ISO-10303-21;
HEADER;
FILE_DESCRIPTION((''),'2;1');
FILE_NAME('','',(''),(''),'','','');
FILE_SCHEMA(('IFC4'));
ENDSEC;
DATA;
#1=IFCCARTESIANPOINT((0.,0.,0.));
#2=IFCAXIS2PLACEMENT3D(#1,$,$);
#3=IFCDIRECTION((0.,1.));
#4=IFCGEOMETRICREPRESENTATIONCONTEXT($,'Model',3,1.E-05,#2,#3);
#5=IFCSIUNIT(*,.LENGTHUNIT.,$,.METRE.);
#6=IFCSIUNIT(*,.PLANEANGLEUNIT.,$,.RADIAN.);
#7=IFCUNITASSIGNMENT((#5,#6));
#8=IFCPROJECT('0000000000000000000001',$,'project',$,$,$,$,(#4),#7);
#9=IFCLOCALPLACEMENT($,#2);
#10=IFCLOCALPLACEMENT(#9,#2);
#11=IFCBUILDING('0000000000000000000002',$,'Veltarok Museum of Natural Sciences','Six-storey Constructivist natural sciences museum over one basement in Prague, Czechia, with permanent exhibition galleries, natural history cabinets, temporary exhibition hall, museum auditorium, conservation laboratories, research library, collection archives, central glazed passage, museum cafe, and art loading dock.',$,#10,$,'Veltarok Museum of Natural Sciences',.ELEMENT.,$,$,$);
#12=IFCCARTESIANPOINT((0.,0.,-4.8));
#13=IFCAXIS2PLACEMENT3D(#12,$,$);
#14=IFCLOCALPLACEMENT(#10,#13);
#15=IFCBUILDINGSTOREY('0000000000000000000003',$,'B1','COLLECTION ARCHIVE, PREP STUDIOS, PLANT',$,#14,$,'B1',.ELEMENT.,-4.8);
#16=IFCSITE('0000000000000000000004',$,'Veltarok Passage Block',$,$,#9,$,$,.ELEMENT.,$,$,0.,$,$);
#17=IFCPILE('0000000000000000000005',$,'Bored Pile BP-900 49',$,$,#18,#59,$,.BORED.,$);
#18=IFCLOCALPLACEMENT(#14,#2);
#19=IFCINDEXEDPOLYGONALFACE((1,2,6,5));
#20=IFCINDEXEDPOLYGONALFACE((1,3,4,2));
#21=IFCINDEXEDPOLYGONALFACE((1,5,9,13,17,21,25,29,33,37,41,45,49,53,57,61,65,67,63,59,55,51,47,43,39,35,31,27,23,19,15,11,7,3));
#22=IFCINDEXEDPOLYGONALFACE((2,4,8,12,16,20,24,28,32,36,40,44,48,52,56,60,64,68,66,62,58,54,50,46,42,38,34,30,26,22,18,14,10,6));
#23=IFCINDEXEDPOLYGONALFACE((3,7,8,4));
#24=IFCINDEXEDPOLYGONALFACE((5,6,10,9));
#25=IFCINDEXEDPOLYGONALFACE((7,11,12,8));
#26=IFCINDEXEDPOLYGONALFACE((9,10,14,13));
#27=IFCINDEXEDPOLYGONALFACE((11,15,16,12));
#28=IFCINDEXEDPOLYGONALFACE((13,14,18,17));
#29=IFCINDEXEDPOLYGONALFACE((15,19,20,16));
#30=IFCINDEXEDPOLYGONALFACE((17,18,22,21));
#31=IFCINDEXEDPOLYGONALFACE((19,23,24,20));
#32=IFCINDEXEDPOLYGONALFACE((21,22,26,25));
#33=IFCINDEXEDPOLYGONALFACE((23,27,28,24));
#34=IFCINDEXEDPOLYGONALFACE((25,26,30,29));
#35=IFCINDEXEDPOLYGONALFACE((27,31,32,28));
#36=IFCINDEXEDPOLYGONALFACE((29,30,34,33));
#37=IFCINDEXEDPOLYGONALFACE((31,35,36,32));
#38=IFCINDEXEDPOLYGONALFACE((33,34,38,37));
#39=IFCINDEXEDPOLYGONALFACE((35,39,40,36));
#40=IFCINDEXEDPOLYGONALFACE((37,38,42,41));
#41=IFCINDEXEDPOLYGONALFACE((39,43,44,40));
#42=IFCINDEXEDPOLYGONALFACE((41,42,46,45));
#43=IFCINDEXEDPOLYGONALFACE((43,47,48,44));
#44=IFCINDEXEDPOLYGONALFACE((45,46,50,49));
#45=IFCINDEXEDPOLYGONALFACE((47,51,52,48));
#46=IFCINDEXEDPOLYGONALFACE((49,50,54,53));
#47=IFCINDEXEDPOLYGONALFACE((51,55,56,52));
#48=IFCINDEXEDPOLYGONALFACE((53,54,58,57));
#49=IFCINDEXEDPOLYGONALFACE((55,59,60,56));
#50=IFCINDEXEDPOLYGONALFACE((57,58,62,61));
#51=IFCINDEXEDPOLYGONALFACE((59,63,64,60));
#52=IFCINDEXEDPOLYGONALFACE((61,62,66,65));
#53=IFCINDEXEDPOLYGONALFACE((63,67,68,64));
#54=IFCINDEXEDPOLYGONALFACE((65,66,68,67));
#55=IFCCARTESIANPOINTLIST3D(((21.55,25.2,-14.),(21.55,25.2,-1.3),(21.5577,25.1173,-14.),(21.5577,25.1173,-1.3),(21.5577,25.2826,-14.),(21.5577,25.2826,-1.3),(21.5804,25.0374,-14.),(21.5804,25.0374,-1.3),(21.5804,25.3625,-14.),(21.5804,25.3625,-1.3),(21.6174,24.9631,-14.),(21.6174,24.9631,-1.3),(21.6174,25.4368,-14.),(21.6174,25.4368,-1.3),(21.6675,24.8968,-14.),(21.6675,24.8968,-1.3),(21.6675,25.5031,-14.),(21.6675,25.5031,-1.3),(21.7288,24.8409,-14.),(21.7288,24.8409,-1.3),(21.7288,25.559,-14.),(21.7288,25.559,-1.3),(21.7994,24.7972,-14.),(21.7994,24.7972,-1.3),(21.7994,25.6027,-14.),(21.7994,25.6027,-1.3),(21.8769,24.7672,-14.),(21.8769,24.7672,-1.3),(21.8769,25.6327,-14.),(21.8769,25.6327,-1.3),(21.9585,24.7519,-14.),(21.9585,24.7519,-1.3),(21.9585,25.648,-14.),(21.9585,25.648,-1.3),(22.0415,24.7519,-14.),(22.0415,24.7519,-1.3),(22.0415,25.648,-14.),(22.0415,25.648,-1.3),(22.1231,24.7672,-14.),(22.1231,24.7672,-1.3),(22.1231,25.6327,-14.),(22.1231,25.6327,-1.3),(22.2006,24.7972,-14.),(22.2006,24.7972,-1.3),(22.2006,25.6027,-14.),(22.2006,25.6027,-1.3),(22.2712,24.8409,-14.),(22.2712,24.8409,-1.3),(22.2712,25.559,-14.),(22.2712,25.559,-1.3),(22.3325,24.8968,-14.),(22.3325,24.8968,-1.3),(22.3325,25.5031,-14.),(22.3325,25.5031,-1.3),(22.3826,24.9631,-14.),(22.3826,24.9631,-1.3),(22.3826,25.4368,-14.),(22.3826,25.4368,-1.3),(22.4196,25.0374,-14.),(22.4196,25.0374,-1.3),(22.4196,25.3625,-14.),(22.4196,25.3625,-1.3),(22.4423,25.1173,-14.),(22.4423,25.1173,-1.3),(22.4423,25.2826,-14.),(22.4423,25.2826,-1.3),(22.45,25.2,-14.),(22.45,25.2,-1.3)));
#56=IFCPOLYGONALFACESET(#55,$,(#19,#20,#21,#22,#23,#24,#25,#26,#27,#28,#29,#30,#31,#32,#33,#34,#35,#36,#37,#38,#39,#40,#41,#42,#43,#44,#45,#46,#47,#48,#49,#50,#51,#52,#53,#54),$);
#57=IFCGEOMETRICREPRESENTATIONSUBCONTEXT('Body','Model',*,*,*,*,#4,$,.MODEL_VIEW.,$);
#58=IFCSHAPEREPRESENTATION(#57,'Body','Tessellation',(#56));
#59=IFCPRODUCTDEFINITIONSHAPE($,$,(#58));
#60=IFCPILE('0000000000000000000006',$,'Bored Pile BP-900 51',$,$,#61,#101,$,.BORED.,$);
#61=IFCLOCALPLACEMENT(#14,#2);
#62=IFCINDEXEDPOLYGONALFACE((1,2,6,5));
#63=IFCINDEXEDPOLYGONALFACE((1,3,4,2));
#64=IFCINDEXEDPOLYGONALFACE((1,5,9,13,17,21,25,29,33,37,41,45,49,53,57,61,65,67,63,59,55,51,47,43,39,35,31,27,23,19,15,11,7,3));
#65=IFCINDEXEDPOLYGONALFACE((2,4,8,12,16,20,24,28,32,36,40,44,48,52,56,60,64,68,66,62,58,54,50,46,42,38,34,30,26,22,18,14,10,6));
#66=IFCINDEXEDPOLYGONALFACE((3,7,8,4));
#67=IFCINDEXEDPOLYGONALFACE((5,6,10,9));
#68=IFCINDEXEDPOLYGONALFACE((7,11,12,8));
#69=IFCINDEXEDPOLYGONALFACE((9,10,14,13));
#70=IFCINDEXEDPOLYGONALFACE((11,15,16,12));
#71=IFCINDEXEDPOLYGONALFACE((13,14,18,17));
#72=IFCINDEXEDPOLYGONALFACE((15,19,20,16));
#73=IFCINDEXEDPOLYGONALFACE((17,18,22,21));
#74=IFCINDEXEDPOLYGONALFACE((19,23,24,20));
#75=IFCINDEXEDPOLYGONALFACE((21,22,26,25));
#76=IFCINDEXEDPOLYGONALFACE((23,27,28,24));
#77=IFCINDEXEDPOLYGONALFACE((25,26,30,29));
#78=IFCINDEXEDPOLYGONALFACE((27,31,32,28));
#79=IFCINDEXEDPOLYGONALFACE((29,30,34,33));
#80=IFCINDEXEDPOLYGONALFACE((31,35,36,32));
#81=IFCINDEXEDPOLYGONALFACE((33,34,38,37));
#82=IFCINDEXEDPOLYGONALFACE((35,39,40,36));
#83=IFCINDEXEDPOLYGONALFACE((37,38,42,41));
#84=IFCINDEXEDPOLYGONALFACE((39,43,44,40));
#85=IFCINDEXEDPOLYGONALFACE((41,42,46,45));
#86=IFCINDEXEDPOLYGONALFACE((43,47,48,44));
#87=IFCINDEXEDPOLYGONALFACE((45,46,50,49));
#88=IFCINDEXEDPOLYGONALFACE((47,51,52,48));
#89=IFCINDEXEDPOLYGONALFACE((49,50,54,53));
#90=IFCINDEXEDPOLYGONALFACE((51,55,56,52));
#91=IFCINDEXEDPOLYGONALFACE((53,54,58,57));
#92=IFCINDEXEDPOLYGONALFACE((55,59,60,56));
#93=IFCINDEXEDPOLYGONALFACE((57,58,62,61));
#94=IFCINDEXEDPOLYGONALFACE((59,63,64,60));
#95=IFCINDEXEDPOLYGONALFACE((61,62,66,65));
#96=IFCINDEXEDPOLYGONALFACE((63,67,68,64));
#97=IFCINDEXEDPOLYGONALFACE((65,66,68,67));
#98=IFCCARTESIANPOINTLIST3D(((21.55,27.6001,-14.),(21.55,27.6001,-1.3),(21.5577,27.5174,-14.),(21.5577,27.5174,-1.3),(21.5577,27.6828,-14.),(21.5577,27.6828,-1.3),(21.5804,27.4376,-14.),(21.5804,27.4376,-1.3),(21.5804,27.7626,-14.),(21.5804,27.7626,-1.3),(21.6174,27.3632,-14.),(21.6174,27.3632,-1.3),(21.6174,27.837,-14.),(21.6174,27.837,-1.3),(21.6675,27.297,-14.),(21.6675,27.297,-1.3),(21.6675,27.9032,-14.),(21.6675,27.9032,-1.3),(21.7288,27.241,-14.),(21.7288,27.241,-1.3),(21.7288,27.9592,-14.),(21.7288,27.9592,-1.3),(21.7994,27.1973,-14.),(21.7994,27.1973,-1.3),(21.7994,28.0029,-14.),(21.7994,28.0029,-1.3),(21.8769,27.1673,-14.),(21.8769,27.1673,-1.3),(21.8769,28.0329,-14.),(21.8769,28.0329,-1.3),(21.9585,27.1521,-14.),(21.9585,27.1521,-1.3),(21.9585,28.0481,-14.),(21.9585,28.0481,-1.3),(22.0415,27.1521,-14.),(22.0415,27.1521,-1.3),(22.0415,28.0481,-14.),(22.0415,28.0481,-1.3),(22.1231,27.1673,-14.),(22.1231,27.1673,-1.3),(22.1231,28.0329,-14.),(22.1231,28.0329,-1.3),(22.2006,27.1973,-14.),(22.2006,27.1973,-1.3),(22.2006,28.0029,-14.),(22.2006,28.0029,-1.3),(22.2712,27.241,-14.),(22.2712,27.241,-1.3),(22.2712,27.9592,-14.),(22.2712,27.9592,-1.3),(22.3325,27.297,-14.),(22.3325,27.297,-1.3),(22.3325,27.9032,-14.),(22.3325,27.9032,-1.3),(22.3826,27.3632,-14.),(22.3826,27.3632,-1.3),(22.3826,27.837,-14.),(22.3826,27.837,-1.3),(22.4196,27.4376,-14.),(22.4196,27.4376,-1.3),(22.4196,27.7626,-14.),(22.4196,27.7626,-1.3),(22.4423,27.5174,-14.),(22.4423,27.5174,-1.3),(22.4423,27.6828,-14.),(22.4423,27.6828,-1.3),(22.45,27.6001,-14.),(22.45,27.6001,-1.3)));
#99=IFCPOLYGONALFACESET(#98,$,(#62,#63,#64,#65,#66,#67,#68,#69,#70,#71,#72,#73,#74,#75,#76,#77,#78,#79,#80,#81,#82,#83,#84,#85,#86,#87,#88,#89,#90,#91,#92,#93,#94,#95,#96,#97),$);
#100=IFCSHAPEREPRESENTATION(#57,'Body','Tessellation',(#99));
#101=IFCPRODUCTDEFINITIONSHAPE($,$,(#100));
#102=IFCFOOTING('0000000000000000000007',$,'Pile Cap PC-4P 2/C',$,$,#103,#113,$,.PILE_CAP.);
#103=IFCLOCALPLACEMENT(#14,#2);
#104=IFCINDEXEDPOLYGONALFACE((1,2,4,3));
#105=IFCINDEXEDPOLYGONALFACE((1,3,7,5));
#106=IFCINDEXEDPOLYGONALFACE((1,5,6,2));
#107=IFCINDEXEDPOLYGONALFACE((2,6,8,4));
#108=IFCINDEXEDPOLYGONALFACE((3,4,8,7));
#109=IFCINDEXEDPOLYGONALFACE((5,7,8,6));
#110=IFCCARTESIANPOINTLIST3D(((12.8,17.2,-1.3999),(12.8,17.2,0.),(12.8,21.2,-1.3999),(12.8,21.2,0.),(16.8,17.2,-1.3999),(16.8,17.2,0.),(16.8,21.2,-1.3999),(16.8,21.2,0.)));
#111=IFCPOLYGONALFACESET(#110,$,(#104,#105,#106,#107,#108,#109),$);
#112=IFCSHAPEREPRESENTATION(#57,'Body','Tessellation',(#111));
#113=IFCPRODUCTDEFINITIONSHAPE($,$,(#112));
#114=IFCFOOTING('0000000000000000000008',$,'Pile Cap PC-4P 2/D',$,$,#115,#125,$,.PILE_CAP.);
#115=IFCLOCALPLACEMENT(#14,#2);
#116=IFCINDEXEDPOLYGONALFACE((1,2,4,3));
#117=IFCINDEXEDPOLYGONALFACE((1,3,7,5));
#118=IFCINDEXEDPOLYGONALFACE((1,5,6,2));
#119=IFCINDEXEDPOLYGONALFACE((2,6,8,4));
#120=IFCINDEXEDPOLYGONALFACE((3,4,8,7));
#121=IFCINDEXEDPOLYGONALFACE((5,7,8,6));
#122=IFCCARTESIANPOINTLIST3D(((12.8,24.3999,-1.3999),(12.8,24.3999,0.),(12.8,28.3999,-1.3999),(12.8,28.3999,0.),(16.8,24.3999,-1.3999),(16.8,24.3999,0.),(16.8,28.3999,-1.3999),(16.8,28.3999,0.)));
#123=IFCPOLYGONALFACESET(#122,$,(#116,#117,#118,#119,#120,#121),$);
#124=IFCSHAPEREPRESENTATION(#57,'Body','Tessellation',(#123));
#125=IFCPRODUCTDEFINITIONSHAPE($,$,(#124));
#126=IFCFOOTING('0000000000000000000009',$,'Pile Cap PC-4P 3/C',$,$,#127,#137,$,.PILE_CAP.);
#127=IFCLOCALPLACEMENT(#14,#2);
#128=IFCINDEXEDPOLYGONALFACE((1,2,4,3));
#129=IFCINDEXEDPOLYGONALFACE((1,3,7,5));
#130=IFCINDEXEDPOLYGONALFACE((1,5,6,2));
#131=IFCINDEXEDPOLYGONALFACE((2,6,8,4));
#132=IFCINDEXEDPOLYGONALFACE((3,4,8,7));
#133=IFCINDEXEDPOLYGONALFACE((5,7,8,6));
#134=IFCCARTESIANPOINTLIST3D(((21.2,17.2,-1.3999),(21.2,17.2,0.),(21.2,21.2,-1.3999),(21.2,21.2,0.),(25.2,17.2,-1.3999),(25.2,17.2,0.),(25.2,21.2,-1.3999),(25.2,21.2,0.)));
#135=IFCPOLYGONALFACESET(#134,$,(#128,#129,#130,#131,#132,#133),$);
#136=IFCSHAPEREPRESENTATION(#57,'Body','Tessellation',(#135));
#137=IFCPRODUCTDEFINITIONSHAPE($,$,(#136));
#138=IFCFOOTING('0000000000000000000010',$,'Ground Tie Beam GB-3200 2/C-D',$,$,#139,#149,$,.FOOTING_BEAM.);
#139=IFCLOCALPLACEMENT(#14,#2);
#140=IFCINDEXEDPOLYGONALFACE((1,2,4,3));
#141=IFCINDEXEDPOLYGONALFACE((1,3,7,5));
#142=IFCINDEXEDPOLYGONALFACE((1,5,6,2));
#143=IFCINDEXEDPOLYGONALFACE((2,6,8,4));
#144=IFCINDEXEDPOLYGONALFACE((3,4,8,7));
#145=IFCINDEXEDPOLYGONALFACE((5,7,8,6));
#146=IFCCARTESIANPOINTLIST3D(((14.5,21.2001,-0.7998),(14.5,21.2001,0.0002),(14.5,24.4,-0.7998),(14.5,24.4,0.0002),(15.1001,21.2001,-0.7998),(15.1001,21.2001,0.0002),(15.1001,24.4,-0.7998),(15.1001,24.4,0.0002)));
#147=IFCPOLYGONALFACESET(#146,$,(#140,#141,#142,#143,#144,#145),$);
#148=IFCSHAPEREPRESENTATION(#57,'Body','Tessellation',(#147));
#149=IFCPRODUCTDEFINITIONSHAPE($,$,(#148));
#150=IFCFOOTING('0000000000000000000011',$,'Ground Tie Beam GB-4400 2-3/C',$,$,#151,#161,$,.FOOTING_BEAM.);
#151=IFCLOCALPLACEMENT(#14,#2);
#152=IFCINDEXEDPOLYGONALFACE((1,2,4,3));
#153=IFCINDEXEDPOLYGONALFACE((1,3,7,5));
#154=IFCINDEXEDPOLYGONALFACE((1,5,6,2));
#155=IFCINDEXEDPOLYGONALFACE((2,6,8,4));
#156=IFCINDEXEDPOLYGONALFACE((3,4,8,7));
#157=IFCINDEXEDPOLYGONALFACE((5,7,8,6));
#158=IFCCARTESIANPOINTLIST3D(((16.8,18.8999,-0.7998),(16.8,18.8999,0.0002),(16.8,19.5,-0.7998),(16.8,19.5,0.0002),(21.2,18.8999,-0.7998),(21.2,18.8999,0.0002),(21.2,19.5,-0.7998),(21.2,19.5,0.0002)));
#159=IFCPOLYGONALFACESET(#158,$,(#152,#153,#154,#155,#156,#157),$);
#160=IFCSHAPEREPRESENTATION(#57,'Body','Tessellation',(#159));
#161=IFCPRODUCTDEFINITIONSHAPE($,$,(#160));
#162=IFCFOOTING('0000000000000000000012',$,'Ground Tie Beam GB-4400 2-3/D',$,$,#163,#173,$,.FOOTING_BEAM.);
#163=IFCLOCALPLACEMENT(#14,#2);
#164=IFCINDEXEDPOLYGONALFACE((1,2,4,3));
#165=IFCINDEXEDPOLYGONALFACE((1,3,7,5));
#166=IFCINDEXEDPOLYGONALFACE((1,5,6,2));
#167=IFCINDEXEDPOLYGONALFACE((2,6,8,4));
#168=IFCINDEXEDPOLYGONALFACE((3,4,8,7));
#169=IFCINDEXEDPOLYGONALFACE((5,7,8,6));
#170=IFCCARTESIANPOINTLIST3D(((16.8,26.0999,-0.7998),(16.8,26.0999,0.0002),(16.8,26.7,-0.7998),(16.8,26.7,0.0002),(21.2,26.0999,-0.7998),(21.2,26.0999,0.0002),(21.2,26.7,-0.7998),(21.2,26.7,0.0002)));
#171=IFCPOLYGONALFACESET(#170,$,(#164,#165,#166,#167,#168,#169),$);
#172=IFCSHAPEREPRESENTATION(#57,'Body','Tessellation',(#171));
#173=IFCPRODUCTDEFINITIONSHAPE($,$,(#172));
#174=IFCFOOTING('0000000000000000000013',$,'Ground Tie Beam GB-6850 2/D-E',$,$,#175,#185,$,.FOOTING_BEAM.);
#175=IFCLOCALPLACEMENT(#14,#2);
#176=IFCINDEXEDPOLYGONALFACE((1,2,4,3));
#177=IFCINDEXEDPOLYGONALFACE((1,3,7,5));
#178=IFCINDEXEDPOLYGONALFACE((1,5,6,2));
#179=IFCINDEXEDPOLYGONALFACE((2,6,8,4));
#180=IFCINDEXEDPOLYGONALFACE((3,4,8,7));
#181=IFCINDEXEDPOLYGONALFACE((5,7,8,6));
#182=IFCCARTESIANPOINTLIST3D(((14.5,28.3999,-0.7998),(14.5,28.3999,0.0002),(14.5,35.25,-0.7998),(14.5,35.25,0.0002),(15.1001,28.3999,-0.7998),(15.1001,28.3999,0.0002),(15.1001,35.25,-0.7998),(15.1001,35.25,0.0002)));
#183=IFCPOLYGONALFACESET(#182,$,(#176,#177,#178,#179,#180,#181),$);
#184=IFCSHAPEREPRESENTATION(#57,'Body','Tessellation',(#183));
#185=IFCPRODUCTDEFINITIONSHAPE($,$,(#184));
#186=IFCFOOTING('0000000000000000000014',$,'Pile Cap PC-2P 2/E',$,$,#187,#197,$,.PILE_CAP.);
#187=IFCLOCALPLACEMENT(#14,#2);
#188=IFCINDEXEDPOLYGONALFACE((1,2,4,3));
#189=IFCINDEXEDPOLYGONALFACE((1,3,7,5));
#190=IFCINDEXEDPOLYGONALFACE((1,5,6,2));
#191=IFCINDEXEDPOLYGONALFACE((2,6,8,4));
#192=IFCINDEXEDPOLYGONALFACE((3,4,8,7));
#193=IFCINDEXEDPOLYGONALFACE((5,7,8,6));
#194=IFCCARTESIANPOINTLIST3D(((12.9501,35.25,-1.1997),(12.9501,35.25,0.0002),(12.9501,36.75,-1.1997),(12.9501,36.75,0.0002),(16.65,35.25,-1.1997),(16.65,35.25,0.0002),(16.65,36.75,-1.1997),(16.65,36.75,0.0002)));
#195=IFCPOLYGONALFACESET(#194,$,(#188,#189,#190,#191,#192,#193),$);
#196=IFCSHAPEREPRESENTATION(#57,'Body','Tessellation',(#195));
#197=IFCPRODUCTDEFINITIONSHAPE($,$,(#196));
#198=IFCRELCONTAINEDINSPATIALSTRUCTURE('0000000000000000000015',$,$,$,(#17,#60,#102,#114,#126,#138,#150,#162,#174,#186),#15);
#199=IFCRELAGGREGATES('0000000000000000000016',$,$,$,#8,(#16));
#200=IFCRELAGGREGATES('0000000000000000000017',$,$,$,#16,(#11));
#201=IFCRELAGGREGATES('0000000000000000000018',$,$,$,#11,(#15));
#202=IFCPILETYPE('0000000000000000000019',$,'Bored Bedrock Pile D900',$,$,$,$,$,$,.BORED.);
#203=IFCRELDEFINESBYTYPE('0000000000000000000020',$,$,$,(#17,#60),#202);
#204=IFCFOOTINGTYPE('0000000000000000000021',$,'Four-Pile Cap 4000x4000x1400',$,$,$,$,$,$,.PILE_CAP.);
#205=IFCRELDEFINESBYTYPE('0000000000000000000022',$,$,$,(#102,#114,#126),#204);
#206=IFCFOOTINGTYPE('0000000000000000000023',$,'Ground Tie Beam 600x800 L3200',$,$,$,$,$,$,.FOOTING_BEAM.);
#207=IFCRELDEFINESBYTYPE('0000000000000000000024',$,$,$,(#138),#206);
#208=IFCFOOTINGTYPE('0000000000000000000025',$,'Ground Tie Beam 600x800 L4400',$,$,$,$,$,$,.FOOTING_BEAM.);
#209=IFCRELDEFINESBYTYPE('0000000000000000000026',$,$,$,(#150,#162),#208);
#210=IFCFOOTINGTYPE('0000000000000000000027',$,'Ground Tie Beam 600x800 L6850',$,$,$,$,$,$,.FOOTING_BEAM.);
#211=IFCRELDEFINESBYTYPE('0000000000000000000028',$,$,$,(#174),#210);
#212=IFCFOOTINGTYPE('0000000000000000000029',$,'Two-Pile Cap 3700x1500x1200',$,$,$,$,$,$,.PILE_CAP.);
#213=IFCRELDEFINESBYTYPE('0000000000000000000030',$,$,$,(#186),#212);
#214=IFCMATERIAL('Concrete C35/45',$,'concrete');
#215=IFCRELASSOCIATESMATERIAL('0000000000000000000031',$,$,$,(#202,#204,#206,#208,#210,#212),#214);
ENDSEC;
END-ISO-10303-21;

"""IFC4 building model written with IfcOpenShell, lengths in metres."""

from ifc_helpers import new_model, si_unit, direction, frame, origin, origin_2d, place, context, subcontext, project, spatial, rectangle, circle, extrude, material, material_profile, profile_set, type_object, element, save


model = new_model("IFC4")

# Units and contexts
model_context = context("Model", 3, precision=1e-05, world=origin(), true_north=direction((0.0, 1.0)))
body_context = subcontext(model_context, "Body", "Model", "MODEL_VIEW")
ifc_project = project(units=[si_unit("LENGTHUNIT", "METRE"), si_unit("PLANEANGLEUNIT", "RADIAN")], contexts=[model_context])

# Site, building, storey
site_placement = place(None, origin())
site = spatial("IfcSite", under=ifc_project, at=site_placement, Name="Veltarok Passage Block", CompositionType="ELEMENT", RefElevation=0.0)
building_placement = place(site_placement, origin())
building = spatial("IfcBuilding", under=site, at=building_placement, Name="Veltarok Museum of Natural Sciences", Description="Six-storey Constructivist natural sciences museum over one basement in Prague, Czechia, with permanent exhibition galleries, natural history cabinets, temporary exhibition hall, museum auditorium, conservation laboratories, research library, collection archives, central glazed passage, museum cafe, and art loading dock.", LongName="Veltarok Museum of Natural Sciences", CompositionType="ELEMENT")
storey_placement = place(building_placement, frame((0.0, 0.0, -4.8)))
storey = spatial("IfcBuildingStorey", under=building, at=storey_placement, Name="B1", Description="COLLECTION ARCHIVE, PREP STUDIOS, PLANT", LongName="B1", CompositionType="ELEMENT", Elevation=-4.8)

# Piles
ifc_material_1 = material(Name="Concrete C35/45", Category="concrete")
ifc_material_profile_1 = material_profile(ifc_material_1, circle(Radius=0.45, at=origin_2d()), Name="BP D900")
ifc_profile_set_1 = profile_set([ifc_material_profile_1], Name="Concrete C35/45")
pile_type_1 = type_object("IfcPileType", Name="Bored Bedrock Pile D900", PredefinedType="BORED", material=ifc_profile_set_1)
for number, where, z_axis, x_axis, name in (
    (1, (22.0, 25.2, -1.3), (0.0, 0.0, -1.0), (1.0, 0.0, 0.0), "Bored Pile BP-900 49"),
    (2, (22.0, 27.6001, -1.3), (0.0, 0.0, -1.0), (1.0, 0.0, 0.0), "Bored Pile BP-900 51"),
):
    element("IfcPile", number, at=place(storey_placement, frame(where, z_axis=z_axis, x_axis=x_axis)), inside=storey, type_object=pile_type_1, Name=name, PredefinedType="BORED", context=body_context, shape_type="SweptSolid", body=[
        extrude(circle(Radius=0.45, at=origin_2d()), origin(), (0.0, 0.0, 1.0), 12.7),
    ])

# Footings
footing_type_1 = type_object("IfcFootingType", Name="Four-Pile Cap 4000x4000x1400", PredefinedType="PILE_CAP", material=ifc_material_1)
for number, where, z_axis, x_axis, name in (
    (3, (14.8, 19.2, -1.3999), (0.0, 0.0, 1.0), (1.0, 0.0, 0.0), "Pile Cap PC-4P 2/C"),
    (4, (14.8, 26.3999, -1.3999), (0.0, 0.0, 1.0), (1.0, 0.0, 0.0), "Pile Cap PC-4P 2/D"),
    (5, (23.2, 19.2, -1.3999), (0.0, 0.0, 1.0), (1.0, 0.0, 0.0), "Pile Cap PC-4P 3/C"),
):
    element("IfcFooting", number, at=place(storey_placement, frame(where, z_axis=z_axis, x_axis=x_axis)), inside=storey, type_object=footing_type_1, Name=name, PredefinedType="PILE_CAP", context=body_context, shape_type="SweptSolid", body=[
        extrude(rectangle(XDim=4.0, YDim=4.0, at=origin_2d()), origin(), (0.0, 0.0, 1.0), 1.3999),
    ])
footing_type_2 = type_object("IfcFootingType", Name="Ground Tie Beam 600x800 L3200", PredefinedType="FOOTING_BEAM", material=ifc_material_1)
footing_1_placement = place(storey_placement, frame((14.8, 22.8, -0.7998), z_axis=(0.0, 0.0, 1.0), x_axis=(0.0, 1.0, 0.0)))
element("IfcFooting", 6, at=footing_1_placement, inside=storey, type_object=footing_type_2, Name="Ground Tie Beam GB-3200 2/C-D", PredefinedType="FOOTING_BEAM", context=body_context, shape_type="SweptSolid", body=[
    extrude(rectangle(XDim=3.2, YDim=0.6001, at=origin_2d()), origin(), (0.0, 0.0, 1.0), 0.8),
])
footing_type_3 = type_object("IfcFootingType", Name="Ground Tie Beam 600x800 L4400", PredefinedType="FOOTING_BEAM", material=ifc_material_1)
for number, where, z_axis, x_axis, name in (
    (7, (19.0, 19.2, -0.7998), (0.0, 0.0, 1.0), (1.0, 0.0, 0.0), "Ground Tie Beam GB-4400 2-3/C"),
    (8, (19.0, 26.3999, -0.7998), (0.0, 0.0, 1.0), (1.0, 0.0, 0.0), "Ground Tie Beam GB-4400 2-3/D"),
):
    element("IfcFooting", number, at=place(storey_placement, frame(where, z_axis=z_axis, x_axis=x_axis)), inside=storey, type_object=footing_type_3, Name=name, PredefinedType="FOOTING_BEAM", context=body_context, shape_type="SweptSolid", body=[
        extrude(rectangle(XDim=4.3999, YDim=0.6001, at=origin_2d()), origin(), (0.0, 0.0, 1.0), 0.8),
    ])
footing_type_4 = type_object("IfcFootingType", Name="Ground Tie Beam 600x800 L6850", PredefinedType="FOOTING_BEAM", material=ifc_material_1)
footing_2_placement = place(storey_placement, frame((14.8, 31.825, -0.7998), z_axis=(0.0, 0.0, 1.0), x_axis=(0.0, 1.0, 0.0)))
element("IfcFooting", 9, at=footing_2_placement, inside=storey, type_object=footing_type_4, Name="Ground Tie Beam GB-6850 2/D-E", PredefinedType="FOOTING_BEAM", context=body_context, shape_type="SweptSolid", body=[
    extrude(rectangle(XDim=6.8501, YDim=0.6001, at=origin_2d()), origin(), (0.0, 0.0, 1.0), 0.8),
])
footing_type_5 = type_object("IfcFootingType", Name="Two-Pile Cap 3700x1500x1200", PredefinedType="PILE_CAP", material=ifc_material_1)
footing_3_placement = place(storey_placement, frame((14.8, 36.0, -1.1997), z_axis=(0.0, 0.0, 1.0), x_axis=(1.0, 0.0, 0.0)))
element("IfcFooting", 10, at=footing_3_placement, inside=storey, type_object=footing_type_5, Name="Pile Cap PC-2P 2/E", PredefinedType="PILE_CAP", context=body_context, shape_type="SweptSolid", body=[
    extrude(rectangle(XDim=3.7, YDim=1.5, at=origin_2d()), origin(), (0.0, 0.0, 1.0), 1.2),
])

save(model, "model.ifc")
